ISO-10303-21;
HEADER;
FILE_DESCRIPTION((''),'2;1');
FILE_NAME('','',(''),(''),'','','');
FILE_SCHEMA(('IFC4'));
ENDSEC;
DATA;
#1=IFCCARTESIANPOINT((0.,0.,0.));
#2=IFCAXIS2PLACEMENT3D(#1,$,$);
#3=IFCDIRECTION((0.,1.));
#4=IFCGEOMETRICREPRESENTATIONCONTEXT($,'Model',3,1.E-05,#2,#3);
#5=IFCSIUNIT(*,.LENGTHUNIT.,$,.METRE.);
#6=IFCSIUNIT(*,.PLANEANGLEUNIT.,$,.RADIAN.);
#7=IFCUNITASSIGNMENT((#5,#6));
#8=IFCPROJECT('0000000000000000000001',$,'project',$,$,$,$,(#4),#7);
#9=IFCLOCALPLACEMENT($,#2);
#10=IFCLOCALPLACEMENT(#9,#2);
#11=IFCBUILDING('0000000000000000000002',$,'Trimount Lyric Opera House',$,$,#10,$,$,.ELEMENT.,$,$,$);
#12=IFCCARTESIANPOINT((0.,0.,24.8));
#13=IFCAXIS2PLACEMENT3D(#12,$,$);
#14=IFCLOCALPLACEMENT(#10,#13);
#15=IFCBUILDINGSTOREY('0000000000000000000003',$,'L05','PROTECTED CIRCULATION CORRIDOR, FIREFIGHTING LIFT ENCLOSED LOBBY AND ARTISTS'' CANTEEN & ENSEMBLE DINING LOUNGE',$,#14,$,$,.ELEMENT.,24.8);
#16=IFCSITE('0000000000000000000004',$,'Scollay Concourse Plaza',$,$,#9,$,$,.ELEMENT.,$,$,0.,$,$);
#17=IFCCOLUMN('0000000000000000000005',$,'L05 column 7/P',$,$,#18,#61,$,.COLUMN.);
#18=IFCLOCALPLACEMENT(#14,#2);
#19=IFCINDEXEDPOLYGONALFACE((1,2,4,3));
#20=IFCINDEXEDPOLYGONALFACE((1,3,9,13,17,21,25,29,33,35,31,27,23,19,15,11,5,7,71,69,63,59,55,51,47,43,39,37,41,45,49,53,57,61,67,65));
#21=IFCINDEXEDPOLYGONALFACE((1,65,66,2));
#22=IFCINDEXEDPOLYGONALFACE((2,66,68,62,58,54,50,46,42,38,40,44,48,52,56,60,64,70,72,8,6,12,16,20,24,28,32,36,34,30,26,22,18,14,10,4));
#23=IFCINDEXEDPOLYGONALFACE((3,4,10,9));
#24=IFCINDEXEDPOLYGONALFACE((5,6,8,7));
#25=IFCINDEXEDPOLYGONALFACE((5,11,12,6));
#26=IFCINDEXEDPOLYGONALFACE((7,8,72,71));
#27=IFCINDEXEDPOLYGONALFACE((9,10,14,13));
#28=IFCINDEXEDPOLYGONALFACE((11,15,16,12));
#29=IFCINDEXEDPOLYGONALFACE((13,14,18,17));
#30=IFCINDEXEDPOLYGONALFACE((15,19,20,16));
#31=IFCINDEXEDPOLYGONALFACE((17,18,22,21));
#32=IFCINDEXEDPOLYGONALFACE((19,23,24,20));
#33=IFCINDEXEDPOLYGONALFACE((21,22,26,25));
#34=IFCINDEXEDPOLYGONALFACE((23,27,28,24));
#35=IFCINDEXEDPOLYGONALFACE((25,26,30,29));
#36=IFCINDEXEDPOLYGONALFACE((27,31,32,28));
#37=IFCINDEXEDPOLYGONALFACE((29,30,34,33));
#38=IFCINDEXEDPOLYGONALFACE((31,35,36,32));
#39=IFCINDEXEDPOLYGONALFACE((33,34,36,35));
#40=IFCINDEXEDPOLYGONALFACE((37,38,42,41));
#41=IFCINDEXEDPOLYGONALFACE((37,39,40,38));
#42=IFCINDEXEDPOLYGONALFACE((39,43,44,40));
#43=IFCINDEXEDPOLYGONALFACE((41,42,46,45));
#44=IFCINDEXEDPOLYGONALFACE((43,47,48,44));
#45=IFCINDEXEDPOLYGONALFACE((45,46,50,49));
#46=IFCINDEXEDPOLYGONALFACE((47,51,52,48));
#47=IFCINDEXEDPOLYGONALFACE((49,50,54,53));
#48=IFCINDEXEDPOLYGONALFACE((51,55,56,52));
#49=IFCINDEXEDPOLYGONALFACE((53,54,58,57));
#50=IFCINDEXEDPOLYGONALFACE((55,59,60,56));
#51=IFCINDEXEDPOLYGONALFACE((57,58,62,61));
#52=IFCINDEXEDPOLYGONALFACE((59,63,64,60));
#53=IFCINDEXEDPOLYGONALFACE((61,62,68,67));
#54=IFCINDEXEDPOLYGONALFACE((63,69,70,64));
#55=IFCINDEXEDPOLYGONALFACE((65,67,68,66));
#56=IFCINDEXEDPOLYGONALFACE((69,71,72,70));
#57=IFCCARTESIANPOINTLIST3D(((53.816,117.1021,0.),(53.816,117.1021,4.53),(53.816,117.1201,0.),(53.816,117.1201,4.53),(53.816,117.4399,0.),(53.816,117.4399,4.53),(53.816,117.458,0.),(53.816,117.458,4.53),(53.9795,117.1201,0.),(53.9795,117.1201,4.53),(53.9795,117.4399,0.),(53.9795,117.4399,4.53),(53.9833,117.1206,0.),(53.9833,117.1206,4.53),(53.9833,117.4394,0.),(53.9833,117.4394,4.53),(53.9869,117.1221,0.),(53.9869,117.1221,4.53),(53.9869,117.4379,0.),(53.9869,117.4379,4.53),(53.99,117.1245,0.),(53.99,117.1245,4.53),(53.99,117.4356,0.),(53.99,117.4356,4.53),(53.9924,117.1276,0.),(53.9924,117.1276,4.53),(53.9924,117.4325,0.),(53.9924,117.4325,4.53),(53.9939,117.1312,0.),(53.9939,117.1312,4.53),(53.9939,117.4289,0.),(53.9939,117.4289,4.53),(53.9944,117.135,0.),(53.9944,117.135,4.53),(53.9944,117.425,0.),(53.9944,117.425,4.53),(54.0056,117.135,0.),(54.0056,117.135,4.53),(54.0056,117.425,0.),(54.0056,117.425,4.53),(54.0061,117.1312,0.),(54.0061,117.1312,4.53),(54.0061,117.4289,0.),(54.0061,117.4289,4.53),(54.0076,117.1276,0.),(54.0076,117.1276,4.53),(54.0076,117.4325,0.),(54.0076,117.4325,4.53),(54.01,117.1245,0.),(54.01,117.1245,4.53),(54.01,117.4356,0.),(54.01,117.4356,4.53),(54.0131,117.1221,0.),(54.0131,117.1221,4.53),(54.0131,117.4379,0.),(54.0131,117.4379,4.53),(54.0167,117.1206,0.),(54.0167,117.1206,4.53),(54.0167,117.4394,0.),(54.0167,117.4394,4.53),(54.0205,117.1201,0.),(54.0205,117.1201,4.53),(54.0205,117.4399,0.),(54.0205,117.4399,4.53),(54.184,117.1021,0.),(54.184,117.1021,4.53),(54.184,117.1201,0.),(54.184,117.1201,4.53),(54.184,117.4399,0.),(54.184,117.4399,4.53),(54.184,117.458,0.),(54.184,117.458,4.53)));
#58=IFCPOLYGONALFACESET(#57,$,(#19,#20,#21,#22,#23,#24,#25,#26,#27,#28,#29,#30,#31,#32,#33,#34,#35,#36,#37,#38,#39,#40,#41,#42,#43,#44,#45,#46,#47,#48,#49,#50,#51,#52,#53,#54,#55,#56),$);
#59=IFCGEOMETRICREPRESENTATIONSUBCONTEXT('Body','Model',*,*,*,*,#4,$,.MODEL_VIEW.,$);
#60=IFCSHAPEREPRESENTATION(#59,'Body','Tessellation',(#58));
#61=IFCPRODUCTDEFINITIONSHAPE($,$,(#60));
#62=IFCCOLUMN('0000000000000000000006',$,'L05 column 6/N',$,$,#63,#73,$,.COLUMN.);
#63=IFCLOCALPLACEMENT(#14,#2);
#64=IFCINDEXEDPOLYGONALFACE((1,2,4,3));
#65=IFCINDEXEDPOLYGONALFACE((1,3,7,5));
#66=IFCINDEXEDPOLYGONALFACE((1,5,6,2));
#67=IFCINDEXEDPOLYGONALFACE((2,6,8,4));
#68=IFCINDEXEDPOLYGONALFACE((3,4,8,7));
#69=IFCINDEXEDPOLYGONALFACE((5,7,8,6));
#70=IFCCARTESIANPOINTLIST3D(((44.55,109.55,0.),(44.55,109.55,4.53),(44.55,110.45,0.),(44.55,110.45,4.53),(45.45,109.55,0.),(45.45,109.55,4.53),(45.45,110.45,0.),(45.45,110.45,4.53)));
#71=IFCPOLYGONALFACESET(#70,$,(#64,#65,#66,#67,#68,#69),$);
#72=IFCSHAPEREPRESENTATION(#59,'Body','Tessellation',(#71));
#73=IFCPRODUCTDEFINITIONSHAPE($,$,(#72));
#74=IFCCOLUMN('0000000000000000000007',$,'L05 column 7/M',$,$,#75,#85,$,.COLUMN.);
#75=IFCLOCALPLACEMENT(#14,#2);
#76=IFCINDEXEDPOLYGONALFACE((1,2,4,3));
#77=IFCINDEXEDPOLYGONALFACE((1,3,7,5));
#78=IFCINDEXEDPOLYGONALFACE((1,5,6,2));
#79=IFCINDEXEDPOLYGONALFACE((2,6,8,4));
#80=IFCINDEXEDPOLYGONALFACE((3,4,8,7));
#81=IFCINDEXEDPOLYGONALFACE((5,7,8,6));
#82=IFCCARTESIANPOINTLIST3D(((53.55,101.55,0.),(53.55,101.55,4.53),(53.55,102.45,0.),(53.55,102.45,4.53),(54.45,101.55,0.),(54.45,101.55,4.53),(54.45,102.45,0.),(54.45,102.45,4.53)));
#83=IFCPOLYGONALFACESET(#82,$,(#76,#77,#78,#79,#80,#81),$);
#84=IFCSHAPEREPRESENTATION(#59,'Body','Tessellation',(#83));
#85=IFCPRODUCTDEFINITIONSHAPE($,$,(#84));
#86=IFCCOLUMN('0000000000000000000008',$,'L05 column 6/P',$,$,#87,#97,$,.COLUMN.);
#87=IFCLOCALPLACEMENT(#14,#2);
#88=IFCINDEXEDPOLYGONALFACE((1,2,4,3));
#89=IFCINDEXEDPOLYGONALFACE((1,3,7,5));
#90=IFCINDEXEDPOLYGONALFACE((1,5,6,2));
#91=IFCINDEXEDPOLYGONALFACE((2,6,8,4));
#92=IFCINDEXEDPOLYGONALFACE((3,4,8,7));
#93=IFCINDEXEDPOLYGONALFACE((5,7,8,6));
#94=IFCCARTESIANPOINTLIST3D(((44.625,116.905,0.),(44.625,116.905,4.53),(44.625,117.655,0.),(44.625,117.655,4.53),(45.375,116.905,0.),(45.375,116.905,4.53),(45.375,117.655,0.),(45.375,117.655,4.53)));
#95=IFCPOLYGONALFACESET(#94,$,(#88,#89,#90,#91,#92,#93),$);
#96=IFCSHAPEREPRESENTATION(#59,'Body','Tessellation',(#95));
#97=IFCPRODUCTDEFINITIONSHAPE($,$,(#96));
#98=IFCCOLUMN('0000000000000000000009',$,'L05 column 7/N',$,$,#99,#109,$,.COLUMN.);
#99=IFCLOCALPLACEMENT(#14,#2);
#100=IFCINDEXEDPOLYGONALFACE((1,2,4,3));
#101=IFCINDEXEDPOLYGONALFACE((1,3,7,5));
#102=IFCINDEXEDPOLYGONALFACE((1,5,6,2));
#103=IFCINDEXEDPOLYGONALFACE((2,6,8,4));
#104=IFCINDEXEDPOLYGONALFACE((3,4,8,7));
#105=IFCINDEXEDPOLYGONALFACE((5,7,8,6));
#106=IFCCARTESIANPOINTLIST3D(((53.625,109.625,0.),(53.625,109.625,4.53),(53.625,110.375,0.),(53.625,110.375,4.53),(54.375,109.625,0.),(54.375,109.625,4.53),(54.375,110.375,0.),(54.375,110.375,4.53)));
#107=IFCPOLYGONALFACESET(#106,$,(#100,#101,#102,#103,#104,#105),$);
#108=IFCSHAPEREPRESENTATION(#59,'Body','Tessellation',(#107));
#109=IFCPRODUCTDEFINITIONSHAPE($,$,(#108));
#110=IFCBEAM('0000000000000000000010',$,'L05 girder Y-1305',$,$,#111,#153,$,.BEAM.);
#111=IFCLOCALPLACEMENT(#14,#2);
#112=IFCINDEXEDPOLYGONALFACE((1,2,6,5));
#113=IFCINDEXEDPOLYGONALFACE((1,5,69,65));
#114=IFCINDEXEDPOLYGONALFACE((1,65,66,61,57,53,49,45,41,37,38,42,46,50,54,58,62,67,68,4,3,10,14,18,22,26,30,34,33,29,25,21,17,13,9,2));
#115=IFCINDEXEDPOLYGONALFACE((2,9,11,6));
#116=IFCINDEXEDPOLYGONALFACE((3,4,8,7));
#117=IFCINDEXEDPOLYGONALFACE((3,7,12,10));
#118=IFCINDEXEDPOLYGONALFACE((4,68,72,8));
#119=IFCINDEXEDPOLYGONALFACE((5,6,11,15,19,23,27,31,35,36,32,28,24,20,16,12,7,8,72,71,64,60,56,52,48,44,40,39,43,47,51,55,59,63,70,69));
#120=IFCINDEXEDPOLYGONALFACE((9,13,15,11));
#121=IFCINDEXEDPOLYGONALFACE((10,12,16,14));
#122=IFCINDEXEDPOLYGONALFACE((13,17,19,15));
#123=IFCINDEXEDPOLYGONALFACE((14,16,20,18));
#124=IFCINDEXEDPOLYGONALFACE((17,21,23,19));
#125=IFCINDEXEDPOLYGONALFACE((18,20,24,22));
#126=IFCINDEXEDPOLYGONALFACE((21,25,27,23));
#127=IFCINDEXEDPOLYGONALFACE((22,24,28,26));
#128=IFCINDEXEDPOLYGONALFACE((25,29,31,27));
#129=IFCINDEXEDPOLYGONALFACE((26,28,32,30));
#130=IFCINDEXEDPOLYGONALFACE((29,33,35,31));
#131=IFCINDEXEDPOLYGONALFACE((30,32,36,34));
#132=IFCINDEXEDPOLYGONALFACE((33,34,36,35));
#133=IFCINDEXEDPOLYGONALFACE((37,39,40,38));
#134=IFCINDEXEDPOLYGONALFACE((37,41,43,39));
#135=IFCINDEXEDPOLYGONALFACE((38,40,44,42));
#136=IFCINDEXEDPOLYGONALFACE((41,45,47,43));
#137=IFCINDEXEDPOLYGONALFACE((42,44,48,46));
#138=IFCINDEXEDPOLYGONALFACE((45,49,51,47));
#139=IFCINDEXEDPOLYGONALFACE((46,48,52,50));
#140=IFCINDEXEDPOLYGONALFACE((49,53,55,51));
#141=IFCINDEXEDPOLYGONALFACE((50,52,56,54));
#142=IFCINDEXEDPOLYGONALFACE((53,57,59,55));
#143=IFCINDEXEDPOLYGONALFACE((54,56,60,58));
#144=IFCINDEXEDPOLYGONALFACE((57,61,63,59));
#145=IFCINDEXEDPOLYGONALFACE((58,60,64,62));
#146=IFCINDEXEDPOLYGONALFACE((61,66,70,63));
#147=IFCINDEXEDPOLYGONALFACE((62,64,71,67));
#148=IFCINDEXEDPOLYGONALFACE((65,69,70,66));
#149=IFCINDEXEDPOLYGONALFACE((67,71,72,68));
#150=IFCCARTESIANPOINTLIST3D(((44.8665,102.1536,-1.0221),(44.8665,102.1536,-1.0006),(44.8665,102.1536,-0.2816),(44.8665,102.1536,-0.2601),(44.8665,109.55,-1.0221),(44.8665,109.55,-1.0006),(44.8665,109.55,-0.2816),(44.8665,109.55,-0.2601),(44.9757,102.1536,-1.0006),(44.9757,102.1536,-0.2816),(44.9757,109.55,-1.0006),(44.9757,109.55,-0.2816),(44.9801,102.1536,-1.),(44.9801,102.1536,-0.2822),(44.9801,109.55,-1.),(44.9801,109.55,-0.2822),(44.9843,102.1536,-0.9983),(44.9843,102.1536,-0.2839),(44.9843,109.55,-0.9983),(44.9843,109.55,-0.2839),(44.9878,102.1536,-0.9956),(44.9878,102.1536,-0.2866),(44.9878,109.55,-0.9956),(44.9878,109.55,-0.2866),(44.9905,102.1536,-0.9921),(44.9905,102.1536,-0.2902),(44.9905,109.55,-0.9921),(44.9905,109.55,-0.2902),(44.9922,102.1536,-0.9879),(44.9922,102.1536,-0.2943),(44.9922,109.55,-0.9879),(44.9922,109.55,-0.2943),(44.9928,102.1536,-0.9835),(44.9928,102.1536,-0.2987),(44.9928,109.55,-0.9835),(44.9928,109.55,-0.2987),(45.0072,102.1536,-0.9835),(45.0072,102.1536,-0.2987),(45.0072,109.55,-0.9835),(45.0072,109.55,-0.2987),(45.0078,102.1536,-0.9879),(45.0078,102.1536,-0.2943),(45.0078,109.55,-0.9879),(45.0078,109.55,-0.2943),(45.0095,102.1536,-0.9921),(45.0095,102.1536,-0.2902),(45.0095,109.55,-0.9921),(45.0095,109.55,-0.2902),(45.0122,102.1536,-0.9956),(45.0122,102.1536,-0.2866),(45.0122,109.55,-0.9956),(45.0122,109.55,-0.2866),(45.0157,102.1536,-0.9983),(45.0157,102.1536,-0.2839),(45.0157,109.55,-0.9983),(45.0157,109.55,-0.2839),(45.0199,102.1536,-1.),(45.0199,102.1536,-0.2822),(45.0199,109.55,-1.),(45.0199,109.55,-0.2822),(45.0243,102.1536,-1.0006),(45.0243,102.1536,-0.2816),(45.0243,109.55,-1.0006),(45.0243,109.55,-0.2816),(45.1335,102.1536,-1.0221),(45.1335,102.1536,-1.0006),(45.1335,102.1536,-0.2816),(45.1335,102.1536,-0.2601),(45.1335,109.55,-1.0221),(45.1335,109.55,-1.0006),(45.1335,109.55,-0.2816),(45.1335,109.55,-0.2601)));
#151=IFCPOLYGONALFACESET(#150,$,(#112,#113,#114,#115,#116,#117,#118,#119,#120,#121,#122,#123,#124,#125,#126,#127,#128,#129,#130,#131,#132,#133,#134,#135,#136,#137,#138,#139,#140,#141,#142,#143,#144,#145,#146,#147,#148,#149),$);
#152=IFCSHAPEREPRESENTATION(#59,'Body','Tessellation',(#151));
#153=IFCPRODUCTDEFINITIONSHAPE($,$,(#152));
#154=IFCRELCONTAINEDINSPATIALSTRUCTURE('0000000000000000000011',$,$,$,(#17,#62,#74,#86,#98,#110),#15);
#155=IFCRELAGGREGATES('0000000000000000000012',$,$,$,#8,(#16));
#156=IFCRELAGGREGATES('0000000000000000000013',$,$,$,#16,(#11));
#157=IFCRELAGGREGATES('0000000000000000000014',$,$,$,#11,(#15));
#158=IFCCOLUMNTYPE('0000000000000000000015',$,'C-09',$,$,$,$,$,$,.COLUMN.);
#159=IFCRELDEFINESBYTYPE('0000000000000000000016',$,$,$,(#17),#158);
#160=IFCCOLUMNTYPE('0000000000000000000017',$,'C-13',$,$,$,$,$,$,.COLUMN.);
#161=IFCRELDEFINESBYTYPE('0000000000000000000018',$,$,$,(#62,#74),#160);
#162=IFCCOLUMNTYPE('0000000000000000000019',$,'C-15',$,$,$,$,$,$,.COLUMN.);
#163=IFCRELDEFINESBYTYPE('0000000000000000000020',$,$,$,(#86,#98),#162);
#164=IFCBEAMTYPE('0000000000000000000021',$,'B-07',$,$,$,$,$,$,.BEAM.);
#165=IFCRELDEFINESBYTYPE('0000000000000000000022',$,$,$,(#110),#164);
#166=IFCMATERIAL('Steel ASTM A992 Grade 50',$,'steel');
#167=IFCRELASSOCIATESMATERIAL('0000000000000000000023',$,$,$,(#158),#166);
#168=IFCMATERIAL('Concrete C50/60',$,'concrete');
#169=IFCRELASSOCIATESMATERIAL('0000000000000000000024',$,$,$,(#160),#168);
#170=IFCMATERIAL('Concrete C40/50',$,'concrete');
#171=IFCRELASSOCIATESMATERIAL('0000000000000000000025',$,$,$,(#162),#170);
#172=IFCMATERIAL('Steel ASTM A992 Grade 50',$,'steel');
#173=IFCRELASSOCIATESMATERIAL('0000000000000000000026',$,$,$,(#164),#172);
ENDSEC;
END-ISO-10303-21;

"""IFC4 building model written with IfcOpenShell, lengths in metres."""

from ifc_helpers import new_model, si_unit, direction, frame, origin, origin_2d, place, context, subcontext, project, spatial, rectangle, i_section, extrude, material, material_profile, profile_set, type_object, element, save


model = new_model("IFC4")

# Units and contexts
model_context = context("Model", 3, precision=1e-05, world=origin(), true_north=direction((0.0, 1.0)))
body_context = subcontext(model_context, "Body", "Model", "MODEL_VIEW")
ifc_project = project(units=[si_unit("LENGTHUNIT", "METRE"), si_unit("PLANEANGLEUNIT", "RADIAN")], contexts=[model_context])

# Site, building, storey
site_placement = place(None, origin())
site = spatial("IfcSite", under=ifc_project, at=site_placement, Name="Scollay Concourse Plaza", CompositionType="ELEMENT", RefElevation=0.0)
building_placement = place(site_placement, origin())
building = spatial("IfcBuilding", under=site, at=building_placement, Name="Trimount Lyric Opera House", CompositionType="ELEMENT")
storey_placement = place(building_placement, frame((0.0, 0.0, 24.8)))
storey = spatial("IfcBuildingStorey", under=building, at=storey_placement, Name="L05", Description="PROTECTED CIRCULATION CORRIDOR, FIREFIGHTING LIFT ENCLOSED LOBBY AND ARTISTS' CANTEEN & ENSEMBLE DINING LOUNGE", CompositionType="ELEMENT", Elevation=24.8)

# Columns
ifc_material_1 = material(Name="Steel ASTM A992 Grade 50", Category="steel")
ifc_material_profile_1 = material_profile(ifc_material_1, i_section(OverallWidth=0.3679, OverallDepth=0.356, WebThickness=0.0112, FlangeThickness=0.0181, FilletRadius=0.0149, at=origin_2d()), Name="W14X90")
ifc_profile_set_1 = profile_set([ifc_material_profile_1], Name="Steel ASTM A992 Grade 50")
column_type_1 = type_object("IfcColumnType", Name="C-09", PredefinedType="COLUMN", material=ifc_profile_set_1)
column_placement = place(storey_placement, frame((54.0, 117.28, 0.0), z_axis=(0.0, 0.0, 1.0), x_axis=(1.0, 0.0, 0.0)))
element("IfcColumn", 1, at=column_placement, inside=storey, type_object=column_type_1, Name="L05 column 7/P", PredefinedType="COLUMN", context=body_context, shape_type="SweptSolid", body=[
    extrude(i_section(OverallWidth=0.3679, OverallDepth=0.356, WebThickness=0.0112, FlangeThickness=0.0181, FilletRadius=0.0149, at=origin_2d()), origin(), (0.0, 0.0, 1.0), 4.53),
])
ifc_material_2 = material(Name="Concrete C50/60", Category="concrete")
ifc_material_profile_2 = material_profile(ifc_material_2, rectangle(XDim=0.8999, YDim=0.8999, at=origin_2d()), Name="RC900X900")
ifc_profile_set_2 = profile_set([ifc_material_profile_2], Name="Concrete C50/60")
column_type_2 = type_object("IfcColumnType", Name="C-13", PredefinedType="COLUMN", material=ifc_profile_set_2)
for number, where, z_axis, x_axis, name in (
    (2, (45.0, 110.0, 0.0), (0.0, 0.0, 1.0), (1.0, 0.0, 0.0), "L05 column 6/N"),
    (3, (54.0, 102.0, 0.0), (0.0, 0.0, 1.0), (1.0, 0.0, 0.0), "L05 column 7/M"),
):
    element("IfcColumn", number, at=place(storey_placement, frame(where, z_axis=z_axis, x_axis=x_axis)), inside=storey, type_object=column_type_2, Name=name, PredefinedType="COLUMN", context=body_context, shape_type="SweptSolid", body=[
        extrude(rectangle(XDim=0.8999, YDim=0.8999, at=origin_2d()), origin(), (0.0, 0.0, 1.0), 4.53),
    ])
ifc_material_3 = material(Name="Concrete C40/50", Category="concrete")
ifc_material_profile_3 = material_profile(ifc_material_3, rectangle(XDim=0.75, YDim=0.75, at=origin_2d()), Name="RC750X750")
ifc_profile_set_3 = profile_set([ifc_material_profile_3], Name="Concrete C40/50")
column_type_3 = type_object("IfcColumnType", Name="C-15", PredefinedType="COLUMN", material=ifc_profile_set_3)
for number, where, z_axis, x_axis, name in (
    (4, (45.0, 117.28, 0.0), (0.0, 0.0, 1.0), (1.0, 0.0, 0.0), "L05 column 6/P"),
    (5, (54.0, 110.0, 0.0), (0.0, 0.0, 1.0), (1.0, 0.0, 0.0), "L05 column 7/N"),
):
    element("IfcColumn", number, at=place(storey_placement, frame(where, z_axis=z_axis, x_axis=x_axis)), inside=storey, type_object=column_type_3, Name=name, PredefinedType="COLUMN", context=body_context, shape_type="SweptSolid", body=[
        extrude(rectangle(XDim=0.75, YDim=0.75, at=origin_2d()), origin(), (0.0, 0.0, 1.0), 4.53),
    ])

# Beam
ifc_material_4 = material(Name="Steel ASTM A992 Grade 50", Category="steel")
ifc_material_profile_4 = material_profile(ifc_material_4, i_section(OverallWidth=0.2671, OverallDepth=0.762, WebThickness=0.0144, FlangeThickness=0.0215, FilletRadius=0.0171, at=origin_2d()), Name="W30X116")
ifc_profile_set_4 = profile_set([ifc_material_profile_4], Name="Steel ASTM A992 Grade 50")
beam_type_1 = type_object("IfcBeamType", Name="B-07", PredefinedType="BEAM", material=ifc_profile_set_4)
beam_1_placement = place(storey_placement, frame((45.0, 102.1536, -0.6411), z_axis=(0.0, 1.0, 0.0), x_axis=(-1.0, 0.0, 0.0)))
element("IfcBeam", 6, at=beam_1_placement, inside=storey, type_object=beam_type_1, Name="L05 girder Y-1305", PredefinedType="BEAM", context=body_context, shape_type="SweptSolid", body=[
    extrude(i_section(OverallWidth=0.2671, OverallDepth=0.762, WebThickness=0.0144, FlangeThickness=0.0215, FilletRadius=0.0171, at=origin_2d()), origin(), (0.0, 0.0, 1.0), 7.3965),
])

save(model, "model.ifc")
